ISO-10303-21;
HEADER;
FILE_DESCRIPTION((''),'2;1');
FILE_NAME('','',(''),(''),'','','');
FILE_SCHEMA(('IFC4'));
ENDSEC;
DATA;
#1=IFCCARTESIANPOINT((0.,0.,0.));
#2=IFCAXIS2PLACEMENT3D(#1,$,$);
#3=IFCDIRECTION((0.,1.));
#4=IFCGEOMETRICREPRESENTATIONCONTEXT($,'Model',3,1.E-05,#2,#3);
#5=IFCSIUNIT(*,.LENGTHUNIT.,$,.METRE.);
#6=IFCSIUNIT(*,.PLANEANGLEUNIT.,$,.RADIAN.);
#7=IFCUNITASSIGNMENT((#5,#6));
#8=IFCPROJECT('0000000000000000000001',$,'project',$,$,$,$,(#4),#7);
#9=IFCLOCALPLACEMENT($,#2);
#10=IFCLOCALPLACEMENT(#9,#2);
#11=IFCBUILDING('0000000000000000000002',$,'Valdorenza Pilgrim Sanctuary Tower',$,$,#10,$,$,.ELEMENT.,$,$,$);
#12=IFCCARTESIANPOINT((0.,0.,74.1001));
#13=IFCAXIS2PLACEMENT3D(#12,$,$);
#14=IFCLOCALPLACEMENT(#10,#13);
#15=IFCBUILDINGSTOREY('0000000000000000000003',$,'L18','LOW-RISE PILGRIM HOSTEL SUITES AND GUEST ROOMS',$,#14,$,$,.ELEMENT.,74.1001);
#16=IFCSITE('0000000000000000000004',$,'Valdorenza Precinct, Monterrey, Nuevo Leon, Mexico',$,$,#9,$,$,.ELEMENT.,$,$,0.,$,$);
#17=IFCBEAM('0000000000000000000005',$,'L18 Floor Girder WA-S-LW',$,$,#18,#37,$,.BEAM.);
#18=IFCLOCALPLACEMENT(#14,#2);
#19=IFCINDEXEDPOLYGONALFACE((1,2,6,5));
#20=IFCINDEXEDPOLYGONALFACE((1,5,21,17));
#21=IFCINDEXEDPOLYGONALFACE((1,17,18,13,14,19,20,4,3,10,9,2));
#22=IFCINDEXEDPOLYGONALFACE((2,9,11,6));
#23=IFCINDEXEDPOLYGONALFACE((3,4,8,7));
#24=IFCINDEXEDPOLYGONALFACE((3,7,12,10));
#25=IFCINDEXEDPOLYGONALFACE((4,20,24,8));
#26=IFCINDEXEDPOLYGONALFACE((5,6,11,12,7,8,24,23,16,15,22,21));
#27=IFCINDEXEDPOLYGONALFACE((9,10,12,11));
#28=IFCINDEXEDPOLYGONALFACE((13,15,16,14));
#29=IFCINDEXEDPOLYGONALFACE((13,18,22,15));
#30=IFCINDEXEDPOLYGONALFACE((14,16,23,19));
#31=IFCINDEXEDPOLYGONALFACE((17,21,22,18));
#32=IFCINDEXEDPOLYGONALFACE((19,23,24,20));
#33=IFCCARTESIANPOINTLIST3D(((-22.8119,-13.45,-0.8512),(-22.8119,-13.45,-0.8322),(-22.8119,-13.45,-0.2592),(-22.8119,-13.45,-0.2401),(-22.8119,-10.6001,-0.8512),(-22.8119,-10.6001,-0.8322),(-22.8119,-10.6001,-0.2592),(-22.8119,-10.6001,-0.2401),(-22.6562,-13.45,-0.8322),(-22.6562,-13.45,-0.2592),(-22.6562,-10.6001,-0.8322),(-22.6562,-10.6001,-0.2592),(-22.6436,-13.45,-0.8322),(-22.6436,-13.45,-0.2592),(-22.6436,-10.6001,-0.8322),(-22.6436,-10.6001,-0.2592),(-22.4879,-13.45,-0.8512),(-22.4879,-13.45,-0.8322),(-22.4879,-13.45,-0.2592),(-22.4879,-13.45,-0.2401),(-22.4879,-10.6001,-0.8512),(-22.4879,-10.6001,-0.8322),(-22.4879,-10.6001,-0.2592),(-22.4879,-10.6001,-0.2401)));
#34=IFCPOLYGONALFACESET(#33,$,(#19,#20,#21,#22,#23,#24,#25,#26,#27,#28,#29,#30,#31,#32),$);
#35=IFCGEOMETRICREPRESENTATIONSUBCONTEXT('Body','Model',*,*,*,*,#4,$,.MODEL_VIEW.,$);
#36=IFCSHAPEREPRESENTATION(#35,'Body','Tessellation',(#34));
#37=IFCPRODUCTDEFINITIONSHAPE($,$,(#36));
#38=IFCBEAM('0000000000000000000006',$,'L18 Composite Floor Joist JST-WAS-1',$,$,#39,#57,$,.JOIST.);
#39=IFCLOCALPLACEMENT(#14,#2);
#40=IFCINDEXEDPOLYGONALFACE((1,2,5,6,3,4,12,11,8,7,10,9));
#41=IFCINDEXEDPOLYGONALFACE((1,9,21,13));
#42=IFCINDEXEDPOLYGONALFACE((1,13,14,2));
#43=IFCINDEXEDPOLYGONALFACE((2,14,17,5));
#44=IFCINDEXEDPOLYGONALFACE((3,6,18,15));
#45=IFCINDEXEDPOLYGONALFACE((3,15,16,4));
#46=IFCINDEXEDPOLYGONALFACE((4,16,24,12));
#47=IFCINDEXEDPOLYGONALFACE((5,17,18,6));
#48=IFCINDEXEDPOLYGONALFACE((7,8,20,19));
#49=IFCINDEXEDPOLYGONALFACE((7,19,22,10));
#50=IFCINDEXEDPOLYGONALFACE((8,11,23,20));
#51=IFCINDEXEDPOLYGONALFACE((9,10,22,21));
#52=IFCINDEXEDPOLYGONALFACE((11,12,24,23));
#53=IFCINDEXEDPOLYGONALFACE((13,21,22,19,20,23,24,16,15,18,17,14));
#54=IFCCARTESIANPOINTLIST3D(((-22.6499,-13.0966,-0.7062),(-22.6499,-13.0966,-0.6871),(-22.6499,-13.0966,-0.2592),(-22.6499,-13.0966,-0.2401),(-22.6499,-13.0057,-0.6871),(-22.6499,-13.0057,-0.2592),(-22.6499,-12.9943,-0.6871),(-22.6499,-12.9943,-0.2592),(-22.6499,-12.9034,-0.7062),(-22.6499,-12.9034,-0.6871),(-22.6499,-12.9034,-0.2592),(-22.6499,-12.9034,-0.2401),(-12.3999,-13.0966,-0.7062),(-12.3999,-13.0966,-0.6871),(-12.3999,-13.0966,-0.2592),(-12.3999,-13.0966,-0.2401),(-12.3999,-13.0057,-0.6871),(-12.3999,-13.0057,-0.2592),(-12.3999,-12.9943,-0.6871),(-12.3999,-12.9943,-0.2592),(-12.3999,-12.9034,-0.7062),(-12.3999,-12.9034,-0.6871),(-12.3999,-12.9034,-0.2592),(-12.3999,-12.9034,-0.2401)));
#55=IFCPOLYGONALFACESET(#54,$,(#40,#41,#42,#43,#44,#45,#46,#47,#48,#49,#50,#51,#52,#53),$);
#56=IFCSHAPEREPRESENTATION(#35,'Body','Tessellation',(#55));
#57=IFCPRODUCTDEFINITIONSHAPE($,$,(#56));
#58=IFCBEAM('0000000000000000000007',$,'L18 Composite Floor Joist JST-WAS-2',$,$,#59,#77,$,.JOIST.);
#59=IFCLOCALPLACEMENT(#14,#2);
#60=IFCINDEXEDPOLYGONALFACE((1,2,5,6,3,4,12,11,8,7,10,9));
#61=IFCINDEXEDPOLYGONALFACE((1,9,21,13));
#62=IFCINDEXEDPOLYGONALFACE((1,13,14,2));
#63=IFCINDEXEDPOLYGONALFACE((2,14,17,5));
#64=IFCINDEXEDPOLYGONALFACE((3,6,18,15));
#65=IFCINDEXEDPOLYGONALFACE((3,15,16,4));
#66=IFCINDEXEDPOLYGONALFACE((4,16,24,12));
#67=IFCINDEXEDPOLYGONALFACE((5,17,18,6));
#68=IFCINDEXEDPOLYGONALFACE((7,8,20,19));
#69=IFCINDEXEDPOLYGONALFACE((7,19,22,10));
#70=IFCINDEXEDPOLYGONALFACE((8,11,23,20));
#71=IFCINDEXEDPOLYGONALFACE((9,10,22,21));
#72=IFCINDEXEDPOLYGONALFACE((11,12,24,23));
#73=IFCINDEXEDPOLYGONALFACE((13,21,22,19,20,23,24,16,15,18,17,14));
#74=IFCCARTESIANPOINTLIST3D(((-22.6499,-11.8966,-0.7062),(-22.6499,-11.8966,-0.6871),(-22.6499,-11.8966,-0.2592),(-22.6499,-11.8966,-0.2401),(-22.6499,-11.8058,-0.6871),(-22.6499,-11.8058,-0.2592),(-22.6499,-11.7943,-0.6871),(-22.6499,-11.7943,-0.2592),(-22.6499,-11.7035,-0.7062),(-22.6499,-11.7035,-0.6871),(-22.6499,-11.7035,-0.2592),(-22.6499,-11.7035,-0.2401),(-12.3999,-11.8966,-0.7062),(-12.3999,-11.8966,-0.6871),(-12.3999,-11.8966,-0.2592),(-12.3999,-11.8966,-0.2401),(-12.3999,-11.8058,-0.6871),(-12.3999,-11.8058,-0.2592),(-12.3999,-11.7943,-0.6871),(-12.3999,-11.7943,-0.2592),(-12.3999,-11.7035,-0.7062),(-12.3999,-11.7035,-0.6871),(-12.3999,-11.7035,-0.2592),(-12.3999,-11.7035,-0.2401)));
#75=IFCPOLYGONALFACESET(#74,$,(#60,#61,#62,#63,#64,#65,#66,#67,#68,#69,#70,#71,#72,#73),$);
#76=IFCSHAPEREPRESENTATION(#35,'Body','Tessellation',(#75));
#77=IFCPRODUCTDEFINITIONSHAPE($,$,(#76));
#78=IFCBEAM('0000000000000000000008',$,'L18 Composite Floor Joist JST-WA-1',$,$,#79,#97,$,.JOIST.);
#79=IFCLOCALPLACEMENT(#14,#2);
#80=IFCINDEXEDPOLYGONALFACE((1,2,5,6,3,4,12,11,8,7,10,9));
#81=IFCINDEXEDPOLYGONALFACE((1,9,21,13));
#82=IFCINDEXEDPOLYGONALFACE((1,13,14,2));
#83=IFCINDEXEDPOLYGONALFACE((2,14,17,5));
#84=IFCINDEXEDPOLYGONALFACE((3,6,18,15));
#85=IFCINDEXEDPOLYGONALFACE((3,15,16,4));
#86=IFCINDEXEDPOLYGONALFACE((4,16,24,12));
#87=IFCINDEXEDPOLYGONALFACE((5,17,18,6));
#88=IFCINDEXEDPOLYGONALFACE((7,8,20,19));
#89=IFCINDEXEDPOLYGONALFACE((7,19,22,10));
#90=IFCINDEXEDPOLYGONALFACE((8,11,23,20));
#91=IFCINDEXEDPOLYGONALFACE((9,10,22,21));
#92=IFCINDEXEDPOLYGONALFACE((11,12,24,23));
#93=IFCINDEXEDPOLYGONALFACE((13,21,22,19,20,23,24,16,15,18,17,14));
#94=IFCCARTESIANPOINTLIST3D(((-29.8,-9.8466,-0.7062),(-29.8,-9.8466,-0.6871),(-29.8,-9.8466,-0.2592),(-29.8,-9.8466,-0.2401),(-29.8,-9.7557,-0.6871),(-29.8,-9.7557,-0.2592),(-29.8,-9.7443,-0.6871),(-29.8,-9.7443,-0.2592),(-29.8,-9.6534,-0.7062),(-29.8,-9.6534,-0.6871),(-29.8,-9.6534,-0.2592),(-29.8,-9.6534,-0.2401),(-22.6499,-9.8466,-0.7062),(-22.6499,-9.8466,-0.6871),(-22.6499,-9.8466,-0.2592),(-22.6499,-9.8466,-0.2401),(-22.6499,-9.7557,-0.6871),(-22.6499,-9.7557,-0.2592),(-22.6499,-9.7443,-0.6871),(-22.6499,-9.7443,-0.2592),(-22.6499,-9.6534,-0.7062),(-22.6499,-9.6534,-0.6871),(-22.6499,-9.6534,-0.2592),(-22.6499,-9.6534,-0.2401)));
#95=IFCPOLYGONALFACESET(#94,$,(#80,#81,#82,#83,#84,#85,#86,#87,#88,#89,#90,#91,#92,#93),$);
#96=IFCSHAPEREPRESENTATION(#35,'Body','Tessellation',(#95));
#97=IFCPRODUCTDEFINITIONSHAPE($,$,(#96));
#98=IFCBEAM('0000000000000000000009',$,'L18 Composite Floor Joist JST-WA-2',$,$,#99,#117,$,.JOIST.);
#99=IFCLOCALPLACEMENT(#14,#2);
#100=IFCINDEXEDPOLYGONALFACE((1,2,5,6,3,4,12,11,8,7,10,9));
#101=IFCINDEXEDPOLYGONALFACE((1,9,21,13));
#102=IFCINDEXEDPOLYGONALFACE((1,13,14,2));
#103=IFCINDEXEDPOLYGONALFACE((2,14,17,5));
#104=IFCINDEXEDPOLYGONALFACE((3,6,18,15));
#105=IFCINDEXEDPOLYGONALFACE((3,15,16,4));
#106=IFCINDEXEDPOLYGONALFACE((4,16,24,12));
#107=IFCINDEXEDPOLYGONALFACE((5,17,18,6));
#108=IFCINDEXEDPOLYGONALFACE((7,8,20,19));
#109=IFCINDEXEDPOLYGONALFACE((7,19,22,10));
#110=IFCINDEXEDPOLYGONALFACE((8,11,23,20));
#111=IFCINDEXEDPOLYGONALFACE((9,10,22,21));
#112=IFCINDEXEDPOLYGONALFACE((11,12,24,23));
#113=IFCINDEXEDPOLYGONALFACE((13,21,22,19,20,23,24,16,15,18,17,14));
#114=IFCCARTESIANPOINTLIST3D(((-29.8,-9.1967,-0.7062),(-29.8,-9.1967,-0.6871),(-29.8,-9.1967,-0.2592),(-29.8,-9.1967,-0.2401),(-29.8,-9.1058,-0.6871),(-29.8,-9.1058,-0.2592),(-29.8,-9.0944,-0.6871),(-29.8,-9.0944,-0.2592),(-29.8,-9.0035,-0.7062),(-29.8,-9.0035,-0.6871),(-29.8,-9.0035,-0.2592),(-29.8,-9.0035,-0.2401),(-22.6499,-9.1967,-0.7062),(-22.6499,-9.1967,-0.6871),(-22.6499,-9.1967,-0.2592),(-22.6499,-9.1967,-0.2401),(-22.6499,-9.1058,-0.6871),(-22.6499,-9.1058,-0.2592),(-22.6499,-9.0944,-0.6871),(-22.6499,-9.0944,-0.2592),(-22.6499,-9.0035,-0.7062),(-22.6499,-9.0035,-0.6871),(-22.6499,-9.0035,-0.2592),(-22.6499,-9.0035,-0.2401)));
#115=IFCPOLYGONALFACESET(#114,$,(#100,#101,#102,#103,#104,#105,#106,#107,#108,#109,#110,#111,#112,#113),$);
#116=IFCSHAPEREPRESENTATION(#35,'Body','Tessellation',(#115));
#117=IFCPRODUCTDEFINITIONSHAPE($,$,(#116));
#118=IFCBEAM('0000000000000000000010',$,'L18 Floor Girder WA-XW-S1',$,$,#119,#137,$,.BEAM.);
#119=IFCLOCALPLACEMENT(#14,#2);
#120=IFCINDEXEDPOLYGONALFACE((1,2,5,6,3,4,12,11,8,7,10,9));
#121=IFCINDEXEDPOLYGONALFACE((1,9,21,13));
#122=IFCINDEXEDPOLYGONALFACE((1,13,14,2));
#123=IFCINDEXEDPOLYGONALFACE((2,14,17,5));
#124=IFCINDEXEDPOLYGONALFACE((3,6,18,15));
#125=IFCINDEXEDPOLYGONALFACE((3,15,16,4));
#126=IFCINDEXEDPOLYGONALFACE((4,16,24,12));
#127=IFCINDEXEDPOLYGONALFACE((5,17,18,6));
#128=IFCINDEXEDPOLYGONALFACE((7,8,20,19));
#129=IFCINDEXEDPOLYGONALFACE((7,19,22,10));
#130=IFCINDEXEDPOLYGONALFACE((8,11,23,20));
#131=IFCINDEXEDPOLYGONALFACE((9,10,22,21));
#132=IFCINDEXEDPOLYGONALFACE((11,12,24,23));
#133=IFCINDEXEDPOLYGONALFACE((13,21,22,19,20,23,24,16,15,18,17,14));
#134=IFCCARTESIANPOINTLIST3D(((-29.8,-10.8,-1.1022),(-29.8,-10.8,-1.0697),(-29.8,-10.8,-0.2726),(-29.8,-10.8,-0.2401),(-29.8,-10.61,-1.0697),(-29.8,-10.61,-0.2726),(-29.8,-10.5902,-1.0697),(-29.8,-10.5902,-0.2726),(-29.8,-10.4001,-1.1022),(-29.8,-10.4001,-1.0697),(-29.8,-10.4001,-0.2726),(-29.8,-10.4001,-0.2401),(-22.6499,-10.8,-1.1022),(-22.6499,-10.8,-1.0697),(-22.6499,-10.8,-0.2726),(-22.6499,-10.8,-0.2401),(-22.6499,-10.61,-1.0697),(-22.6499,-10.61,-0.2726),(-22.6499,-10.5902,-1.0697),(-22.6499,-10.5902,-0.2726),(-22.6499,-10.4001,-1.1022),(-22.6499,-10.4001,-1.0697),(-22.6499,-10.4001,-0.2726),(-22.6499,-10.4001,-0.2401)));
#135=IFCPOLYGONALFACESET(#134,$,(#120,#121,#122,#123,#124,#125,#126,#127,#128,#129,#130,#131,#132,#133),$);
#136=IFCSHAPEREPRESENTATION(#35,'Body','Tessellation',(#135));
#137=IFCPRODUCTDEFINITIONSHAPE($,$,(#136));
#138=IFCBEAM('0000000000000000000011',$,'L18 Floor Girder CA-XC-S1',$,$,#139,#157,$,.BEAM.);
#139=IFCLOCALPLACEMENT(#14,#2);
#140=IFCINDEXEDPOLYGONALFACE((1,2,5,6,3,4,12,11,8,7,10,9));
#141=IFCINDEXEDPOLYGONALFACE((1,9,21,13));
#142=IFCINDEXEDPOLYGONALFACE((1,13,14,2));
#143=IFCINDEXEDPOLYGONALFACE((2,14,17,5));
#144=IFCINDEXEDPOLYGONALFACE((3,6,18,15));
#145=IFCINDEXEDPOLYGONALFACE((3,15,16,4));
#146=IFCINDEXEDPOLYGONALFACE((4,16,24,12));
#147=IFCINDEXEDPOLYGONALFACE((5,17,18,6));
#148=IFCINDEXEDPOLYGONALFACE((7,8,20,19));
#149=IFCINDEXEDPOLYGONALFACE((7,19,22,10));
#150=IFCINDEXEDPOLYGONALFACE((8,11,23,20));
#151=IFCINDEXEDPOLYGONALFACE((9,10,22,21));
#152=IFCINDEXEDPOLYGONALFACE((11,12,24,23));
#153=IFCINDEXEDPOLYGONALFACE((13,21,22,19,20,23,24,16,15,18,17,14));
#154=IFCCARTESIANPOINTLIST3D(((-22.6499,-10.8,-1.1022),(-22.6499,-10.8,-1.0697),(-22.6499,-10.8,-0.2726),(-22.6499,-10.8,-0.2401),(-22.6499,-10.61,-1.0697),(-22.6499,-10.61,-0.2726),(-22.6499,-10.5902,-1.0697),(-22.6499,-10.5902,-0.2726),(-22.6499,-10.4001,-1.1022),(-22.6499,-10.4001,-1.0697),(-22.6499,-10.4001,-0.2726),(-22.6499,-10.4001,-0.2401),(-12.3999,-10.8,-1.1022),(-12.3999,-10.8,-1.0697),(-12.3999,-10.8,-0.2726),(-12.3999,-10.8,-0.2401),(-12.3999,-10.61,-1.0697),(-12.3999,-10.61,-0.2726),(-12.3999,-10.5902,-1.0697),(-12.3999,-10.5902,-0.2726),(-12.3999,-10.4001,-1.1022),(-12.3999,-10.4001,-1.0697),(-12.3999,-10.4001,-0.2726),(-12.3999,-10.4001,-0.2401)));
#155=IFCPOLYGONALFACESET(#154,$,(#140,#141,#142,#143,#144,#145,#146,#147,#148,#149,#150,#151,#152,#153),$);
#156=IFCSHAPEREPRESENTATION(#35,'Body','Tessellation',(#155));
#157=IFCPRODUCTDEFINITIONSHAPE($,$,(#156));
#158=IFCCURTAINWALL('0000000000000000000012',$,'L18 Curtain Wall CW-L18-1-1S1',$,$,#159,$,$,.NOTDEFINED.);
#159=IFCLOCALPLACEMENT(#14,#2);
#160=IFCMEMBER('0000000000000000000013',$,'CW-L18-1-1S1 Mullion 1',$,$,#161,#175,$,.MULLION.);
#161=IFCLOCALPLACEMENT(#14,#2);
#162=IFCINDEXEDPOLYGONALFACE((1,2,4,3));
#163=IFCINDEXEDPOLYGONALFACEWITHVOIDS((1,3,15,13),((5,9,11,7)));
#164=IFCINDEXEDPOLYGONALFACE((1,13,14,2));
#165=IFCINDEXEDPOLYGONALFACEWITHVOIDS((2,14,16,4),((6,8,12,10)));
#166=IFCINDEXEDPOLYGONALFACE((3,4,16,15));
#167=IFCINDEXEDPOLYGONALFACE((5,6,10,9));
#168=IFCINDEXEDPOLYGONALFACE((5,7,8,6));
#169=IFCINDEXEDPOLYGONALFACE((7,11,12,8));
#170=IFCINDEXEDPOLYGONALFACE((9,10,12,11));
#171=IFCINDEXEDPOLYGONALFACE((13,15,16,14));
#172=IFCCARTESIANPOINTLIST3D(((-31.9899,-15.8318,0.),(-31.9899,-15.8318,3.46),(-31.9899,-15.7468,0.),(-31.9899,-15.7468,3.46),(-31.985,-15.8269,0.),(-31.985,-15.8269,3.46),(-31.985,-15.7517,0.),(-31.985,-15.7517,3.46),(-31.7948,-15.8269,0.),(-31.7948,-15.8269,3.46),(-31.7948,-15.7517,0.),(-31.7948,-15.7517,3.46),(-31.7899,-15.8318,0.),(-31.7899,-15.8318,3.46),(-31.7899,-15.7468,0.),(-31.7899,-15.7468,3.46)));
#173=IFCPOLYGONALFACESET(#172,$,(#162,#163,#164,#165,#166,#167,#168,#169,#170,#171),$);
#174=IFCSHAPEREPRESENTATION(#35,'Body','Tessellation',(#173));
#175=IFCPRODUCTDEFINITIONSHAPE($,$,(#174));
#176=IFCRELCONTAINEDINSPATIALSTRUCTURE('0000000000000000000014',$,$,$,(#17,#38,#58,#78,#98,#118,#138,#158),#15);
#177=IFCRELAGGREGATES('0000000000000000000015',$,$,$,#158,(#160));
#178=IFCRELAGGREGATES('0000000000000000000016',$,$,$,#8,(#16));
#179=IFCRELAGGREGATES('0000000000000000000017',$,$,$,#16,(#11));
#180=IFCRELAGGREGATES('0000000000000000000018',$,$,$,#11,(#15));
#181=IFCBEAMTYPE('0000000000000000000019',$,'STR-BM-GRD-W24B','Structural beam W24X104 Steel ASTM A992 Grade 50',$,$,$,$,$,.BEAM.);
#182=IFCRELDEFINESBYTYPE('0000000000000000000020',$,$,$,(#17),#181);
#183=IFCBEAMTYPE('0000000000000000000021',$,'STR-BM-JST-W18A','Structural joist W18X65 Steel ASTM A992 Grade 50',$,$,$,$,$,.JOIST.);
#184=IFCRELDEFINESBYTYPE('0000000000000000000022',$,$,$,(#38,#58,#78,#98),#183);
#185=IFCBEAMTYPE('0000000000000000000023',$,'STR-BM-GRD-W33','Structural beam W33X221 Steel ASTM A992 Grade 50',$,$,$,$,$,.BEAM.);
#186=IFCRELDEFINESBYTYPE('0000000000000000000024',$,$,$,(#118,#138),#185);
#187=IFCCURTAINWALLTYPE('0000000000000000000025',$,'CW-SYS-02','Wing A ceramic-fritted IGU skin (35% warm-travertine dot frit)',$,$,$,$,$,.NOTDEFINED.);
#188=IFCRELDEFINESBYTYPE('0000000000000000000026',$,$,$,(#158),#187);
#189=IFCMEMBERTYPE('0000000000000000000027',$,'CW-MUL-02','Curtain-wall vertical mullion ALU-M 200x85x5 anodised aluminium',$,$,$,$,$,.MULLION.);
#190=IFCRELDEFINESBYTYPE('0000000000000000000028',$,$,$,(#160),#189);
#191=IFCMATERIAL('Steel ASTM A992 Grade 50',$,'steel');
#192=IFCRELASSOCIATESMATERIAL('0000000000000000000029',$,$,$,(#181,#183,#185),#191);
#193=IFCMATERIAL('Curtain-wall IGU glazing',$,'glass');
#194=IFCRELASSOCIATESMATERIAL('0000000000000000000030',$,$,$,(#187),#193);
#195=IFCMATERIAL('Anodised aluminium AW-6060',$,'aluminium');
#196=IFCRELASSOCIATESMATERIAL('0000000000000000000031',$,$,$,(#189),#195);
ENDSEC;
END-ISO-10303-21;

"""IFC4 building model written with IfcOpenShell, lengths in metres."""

from ifc_helpers import new_model, si_unit, direction, frame, origin, origin_2d, place, context, subcontext, project, spatial, hollow_rectangle, i_section, extrude, source, transform, mapped, material, material_profile, profile_set, type_object, element, aggregate, save


model = new_model("IFC4")

# Units and contexts
model_context = context("Model", 3, precision=1e-05, world=origin(), true_north=direction((0.0, 1.0)))
body_context = subcontext(model_context, "Body", "Model", "MODEL_VIEW")
ifc_project = project(units=[si_unit("LENGTHUNIT", "METRE"), si_unit("PLANEANGLEUNIT", "RADIAN")], contexts=[model_context])

# Site, building, storey
site_placement = place(None, origin())
site = spatial("IfcSite", under=ifc_project, at=site_placement, Name="Valdorenza Precinct, Monterrey, Nuevo Leon, Mexico", CompositionType="ELEMENT", RefElevation=0.0)
building_placement = place(site_placement, origin())
building = spatial("IfcBuilding", under=site, at=building_placement, Name="Valdorenza Pilgrim Sanctuary Tower", CompositionType="ELEMENT")
storey_placement = place(building_placement, frame((0.0, 0.0, 74.1001)))
storey = spatial("IfcBuildingStorey", under=building, at=storey_placement, Name="L18", Description="LOW-RISE PILGRIM HOSTEL SUITES AND GUEST ROOMS", CompositionType="ELEMENT", Elevation=74.1001)

# Shared definitions
ifc_material_1 = material(Name="Steel ASTM A992 Grade 50", Category="steel")

# Beams
ifc_material_profile_1 = material_profile(ifc_material_1, i_section(OverallWidth=0.324, OverallDepth=0.6111, WebThickness=0.0127, FlangeThickness=0.019, at=origin_2d()), Name="W24X104")
ifc_profile_set_1 = profile_set([ifc_material_profile_1], Name="Steel ASTM A992 Grade 50")
beam_type_1 = type_object("IfcBeamType", Name="STR-BM-GRD-W24B", Description="Structural beam W24X104 Steel ASTM A992 Grade 50", PredefinedType="BEAM", material=ifc_profile_set_1)
shared_shape_1 = source(origin(), body_context, "Body", "SweptSolid", [
    extrude(i_section(OverallWidth=0.324, OverallDepth=0.6111, WebThickness=0.0127, FlangeThickness=0.019, at=origin_2d()), origin(), (0.0, 0.0, 1.0), 2.8499),
])
beam_1_placement = place(storey_placement, frame((-22.6499, -13.45, -0.5457), z_axis=(0.0, 1.0, 0.0), x_axis=(-1.0, 0.0, 0.0)))
element("IfcBeam", 1, at=beam_1_placement, inside=storey, type_object=beam_type_1, Name="L18 Floor Girder WA-S-LW", PredefinedType="BEAM", context=body_context, shape_type="MappedRepresentation", body=[
    mapped(shared_shape_1, transform((0.0, 0.0, 0.0), x_axis=(1.0, 0.0, 0.0), y_axis=(0.0, 1.0, 0.0), z_axis=(0.0, 0.0, 1.0), scale=1.0)),
])
ifc_material_profile_2 = material_profile(ifc_material_1, i_section(OverallWidth=0.1931, OverallDepth=0.4661, WebThickness=0.0115, FlangeThickness=0.019, at=origin_2d()), Name="W18X65")
ifc_profile_set_2 = profile_set([ifc_material_profile_2], Name="Steel ASTM A992 Grade 50")
beam_type_2 = type_object("IfcBeamType", Name="STR-BM-JST-W18A", Description="Structural joist W18X65 Steel ASTM A992 Grade 50", PredefinedType="JOIST", material=ifc_profile_set_2)
shared_shape_2 = source(origin(), body_context, "Body", "SweptSolid", [
    extrude(i_section(OverallWidth=0.1931, OverallDepth=0.4661, WebThickness=0.0115, FlangeThickness=0.019, at=origin_2d()), origin(), (0.0, 0.0, 1.0), 10.25),
])
for number, where, z_axis, x_axis, name in (
    (2, (-22.6499, -13.0, -0.4731), (1.0, 0.0, 0.0), (0.0, 1.0, 0.0), "L18 Composite Floor Joist JST-WAS-1"),
    (3, (-22.6499, -11.8, -0.4731), (1.0, 0.0, 0.0), (0.0, 1.0, 0.0), "L18 Composite Floor Joist JST-WAS-2"),
):
    element("IfcBeam", number, at=place(storey_placement, frame(where, z_axis=z_axis, x_axis=x_axis)), inside=storey, type_object=beam_type_2, Name=name, PredefinedType="JOIST", context=body_context, shape_type="MappedRepresentation", body=[
        mapped(shared_shape_2, transform((0.0, 0.0, 0.0), x_axis=(1.0, 0.0, 0.0), y_axis=(0.0, 1.0, 0.0), z_axis=(0.0, 0.0, 1.0), scale=1.0)),
    ])
shared_shape_3 = source(origin(), body_context, "Body", "SweptSolid", [
    extrude(i_section(OverallWidth=0.1931, OverallDepth=0.4661, WebThickness=0.0115, FlangeThickness=0.019, at=origin_2d()), origin(), (0.0, 0.0, 1.0), 7.1501),
])
for number, where, z_axis, x_axis, name in (
    (4, (-29.8, -9.75, -0.4731), (1.0, 0.0, 0.0), (0.0, 1.0, 0.0), "L18 Composite Floor Joist JST-WA-1"),
    (5, (-29.8, -9.1001, -0.4731), (1.0, 0.0, 0.0), (0.0, 1.0, 0.0), "L18 Composite Floor Joist JST-WA-2"),
):
    element("IfcBeam", number, at=place(storey_placement, frame(where, z_axis=z_axis, x_axis=x_axis)), inside=storey, type_object=beam_type_2, Name=name, PredefinedType="JOIST", context=body_context, shape_type="MappedRepresentation", body=[
        mapped(shared_shape_3, transform((0.0, 0.0, 0.0), x_axis=(1.0, 0.0, 0.0), y_axis=(0.0, 1.0, 0.0), z_axis=(0.0, 0.0, 1.0), scale=1.0)),
    ])
ifc_material_profile_3 = material_profile(ifc_material_1, i_section(OverallWidth=0.3999, OverallDepth=0.8621, WebThickness=0.0198, FlangeThickness=0.0325, at=origin_2d()), Name="W33X221")
ifc_profile_set_3 = profile_set([ifc_material_profile_3], Name="Steel ASTM A992 Grade 50")
beam_type_3 = type_object("IfcBeamType", Name="STR-BM-GRD-W33", Description="Structural beam W33X221 Steel ASTM A992 Grade 50", PredefinedType="BEAM", material=ifc_profile_set_3)
shared_shape_4 = source(origin(), body_context, "Body", "SweptSolid", [
    extrude(i_section(OverallWidth=0.3999, OverallDepth=0.8621, WebThickness=0.0198, FlangeThickness=0.0325, at=origin_2d()), origin(), (0.0, 0.0, 1.0), 7.1501),
])
beam_2_placement = place(storey_placement, frame((-29.8, -10.6001, -0.6711), z_axis=(1.0, 0.0, 0.0), x_axis=(0.0, 1.0, 0.0)))
element("IfcBeam", 6, at=beam_2_placement, inside=storey, type_object=beam_type_3, Name="L18 Floor Girder WA-XW-S1", PredefinedType="BEAM", context=body_context, shape_type="MappedRepresentation", body=[
    mapped(shared_shape_4, transform((0.0, 0.0, 0.0), x_axis=(1.0, 0.0, 0.0), y_axis=(0.0, 1.0, 0.0), z_axis=(0.0, 0.0, 1.0), scale=1.0)),
])
shared_shape_5 = source(origin(), body_context, "Body", "SweptSolid", [
    extrude(i_section(OverallWidth=0.3999, OverallDepth=0.8621, WebThickness=0.0198, FlangeThickness=0.0325, at=origin_2d()), origin(), (0.0, 0.0, 1.0), 10.25),
])
beam_3_placement = place(storey_placement, frame((-22.6499, -10.6001, -0.6711), z_axis=(1.0, 0.0, 0.0), x_axis=(0.0, 1.0, 0.0)))
element("IfcBeam", 7, at=beam_3_placement, inside=storey, type_object=beam_type_3, Name="L18 Floor Girder CA-XC-S1", PredefinedType="BEAM", context=body_context, shape_type="MappedRepresentation", body=[
    mapped(shared_shape_5, transform((0.0, 0.0, 0.0), x_axis=(1.0, 0.0, 0.0), y_axis=(0.0, 1.0, 0.0), z_axis=(0.0, 0.0, 1.0), scale=1.0)),
])

# Curtain wall, member
ifc_material_2 = material(Name="Curtain-wall IGU glazing", Category="glass")
curtain_wall_type = type_object("IfcCurtainWallType", Name="CW-SYS-02", Description="Wing A ceramic-fritted IGU skin (35% warm-travertine dot frit)", PredefinedType="NOTDEFINED", material=ifc_material_2)
curtain_wall_1_placement = place(storey_placement, origin())
curtain_wall_1 = element("IfcCurtainWall", 8, at=curtain_wall_1_placement, inside=storey, type_object=curtain_wall_type, Name="L18 Curtain Wall CW-L18-1-1S1", PredefinedType="NOTDEFINED")
ifc_material_3 = material(Name="Anodised aluminium AW-6060", Category="aluminium")
ifc_material_profile_4 = material_profile(ifc_material_3, hollow_rectangle(XDim=0.085, YDim=0.2, WallThickness=0.0049, at=origin_2d()), Name="ALU-M 200x85x5")
ifc_profile_set_4 = profile_set([ifc_material_profile_4], Name="Anodised aluminium AW-6060")
member_type_1 = type_object("IfcMemberType", Name="CW-MUL-02", Description="Curtain-wall vertical mullion ALU-M 200x85x5 anodised aluminium", PredefinedType="MULLION", material=ifc_profile_set_4)
shared_shape_6 = source(origin(), body_context, "Body", "SweptSolid", [
    extrude(hollow_rectangle(XDim=0.085, YDim=0.2, WallThickness=0.0049, at=origin_2d()), origin(), (0.0, 0.0, 1.0), 3.46),
])
member_1_placement = place(storey_placement, frame((-31.8899, -15.7893, 0.0), z_axis=(0.0, 0.0, 1.0), x_axis=(0.0, 1.0, 0.0)))
member_1 = element("IfcMember", 9, at=member_1_placement, type_object=member_type_1, Name="CW-L18-1-1S1 Mullion 1", PredefinedType="MULLION", context=body_context, shape_type="MappedRepresentation", body=[
    mapped(shared_shape_6, transform((0.0, 0.0, 0.0), x_axis=(1.0, 0.0, 0.0), y_axis=(0.0, 1.0, 0.0), z_axis=(0.0, 0.0, 1.0), scale=1.0)),
])

aggregate(curtain_wall_1, [member_1])

save(model, "model.ifc")
